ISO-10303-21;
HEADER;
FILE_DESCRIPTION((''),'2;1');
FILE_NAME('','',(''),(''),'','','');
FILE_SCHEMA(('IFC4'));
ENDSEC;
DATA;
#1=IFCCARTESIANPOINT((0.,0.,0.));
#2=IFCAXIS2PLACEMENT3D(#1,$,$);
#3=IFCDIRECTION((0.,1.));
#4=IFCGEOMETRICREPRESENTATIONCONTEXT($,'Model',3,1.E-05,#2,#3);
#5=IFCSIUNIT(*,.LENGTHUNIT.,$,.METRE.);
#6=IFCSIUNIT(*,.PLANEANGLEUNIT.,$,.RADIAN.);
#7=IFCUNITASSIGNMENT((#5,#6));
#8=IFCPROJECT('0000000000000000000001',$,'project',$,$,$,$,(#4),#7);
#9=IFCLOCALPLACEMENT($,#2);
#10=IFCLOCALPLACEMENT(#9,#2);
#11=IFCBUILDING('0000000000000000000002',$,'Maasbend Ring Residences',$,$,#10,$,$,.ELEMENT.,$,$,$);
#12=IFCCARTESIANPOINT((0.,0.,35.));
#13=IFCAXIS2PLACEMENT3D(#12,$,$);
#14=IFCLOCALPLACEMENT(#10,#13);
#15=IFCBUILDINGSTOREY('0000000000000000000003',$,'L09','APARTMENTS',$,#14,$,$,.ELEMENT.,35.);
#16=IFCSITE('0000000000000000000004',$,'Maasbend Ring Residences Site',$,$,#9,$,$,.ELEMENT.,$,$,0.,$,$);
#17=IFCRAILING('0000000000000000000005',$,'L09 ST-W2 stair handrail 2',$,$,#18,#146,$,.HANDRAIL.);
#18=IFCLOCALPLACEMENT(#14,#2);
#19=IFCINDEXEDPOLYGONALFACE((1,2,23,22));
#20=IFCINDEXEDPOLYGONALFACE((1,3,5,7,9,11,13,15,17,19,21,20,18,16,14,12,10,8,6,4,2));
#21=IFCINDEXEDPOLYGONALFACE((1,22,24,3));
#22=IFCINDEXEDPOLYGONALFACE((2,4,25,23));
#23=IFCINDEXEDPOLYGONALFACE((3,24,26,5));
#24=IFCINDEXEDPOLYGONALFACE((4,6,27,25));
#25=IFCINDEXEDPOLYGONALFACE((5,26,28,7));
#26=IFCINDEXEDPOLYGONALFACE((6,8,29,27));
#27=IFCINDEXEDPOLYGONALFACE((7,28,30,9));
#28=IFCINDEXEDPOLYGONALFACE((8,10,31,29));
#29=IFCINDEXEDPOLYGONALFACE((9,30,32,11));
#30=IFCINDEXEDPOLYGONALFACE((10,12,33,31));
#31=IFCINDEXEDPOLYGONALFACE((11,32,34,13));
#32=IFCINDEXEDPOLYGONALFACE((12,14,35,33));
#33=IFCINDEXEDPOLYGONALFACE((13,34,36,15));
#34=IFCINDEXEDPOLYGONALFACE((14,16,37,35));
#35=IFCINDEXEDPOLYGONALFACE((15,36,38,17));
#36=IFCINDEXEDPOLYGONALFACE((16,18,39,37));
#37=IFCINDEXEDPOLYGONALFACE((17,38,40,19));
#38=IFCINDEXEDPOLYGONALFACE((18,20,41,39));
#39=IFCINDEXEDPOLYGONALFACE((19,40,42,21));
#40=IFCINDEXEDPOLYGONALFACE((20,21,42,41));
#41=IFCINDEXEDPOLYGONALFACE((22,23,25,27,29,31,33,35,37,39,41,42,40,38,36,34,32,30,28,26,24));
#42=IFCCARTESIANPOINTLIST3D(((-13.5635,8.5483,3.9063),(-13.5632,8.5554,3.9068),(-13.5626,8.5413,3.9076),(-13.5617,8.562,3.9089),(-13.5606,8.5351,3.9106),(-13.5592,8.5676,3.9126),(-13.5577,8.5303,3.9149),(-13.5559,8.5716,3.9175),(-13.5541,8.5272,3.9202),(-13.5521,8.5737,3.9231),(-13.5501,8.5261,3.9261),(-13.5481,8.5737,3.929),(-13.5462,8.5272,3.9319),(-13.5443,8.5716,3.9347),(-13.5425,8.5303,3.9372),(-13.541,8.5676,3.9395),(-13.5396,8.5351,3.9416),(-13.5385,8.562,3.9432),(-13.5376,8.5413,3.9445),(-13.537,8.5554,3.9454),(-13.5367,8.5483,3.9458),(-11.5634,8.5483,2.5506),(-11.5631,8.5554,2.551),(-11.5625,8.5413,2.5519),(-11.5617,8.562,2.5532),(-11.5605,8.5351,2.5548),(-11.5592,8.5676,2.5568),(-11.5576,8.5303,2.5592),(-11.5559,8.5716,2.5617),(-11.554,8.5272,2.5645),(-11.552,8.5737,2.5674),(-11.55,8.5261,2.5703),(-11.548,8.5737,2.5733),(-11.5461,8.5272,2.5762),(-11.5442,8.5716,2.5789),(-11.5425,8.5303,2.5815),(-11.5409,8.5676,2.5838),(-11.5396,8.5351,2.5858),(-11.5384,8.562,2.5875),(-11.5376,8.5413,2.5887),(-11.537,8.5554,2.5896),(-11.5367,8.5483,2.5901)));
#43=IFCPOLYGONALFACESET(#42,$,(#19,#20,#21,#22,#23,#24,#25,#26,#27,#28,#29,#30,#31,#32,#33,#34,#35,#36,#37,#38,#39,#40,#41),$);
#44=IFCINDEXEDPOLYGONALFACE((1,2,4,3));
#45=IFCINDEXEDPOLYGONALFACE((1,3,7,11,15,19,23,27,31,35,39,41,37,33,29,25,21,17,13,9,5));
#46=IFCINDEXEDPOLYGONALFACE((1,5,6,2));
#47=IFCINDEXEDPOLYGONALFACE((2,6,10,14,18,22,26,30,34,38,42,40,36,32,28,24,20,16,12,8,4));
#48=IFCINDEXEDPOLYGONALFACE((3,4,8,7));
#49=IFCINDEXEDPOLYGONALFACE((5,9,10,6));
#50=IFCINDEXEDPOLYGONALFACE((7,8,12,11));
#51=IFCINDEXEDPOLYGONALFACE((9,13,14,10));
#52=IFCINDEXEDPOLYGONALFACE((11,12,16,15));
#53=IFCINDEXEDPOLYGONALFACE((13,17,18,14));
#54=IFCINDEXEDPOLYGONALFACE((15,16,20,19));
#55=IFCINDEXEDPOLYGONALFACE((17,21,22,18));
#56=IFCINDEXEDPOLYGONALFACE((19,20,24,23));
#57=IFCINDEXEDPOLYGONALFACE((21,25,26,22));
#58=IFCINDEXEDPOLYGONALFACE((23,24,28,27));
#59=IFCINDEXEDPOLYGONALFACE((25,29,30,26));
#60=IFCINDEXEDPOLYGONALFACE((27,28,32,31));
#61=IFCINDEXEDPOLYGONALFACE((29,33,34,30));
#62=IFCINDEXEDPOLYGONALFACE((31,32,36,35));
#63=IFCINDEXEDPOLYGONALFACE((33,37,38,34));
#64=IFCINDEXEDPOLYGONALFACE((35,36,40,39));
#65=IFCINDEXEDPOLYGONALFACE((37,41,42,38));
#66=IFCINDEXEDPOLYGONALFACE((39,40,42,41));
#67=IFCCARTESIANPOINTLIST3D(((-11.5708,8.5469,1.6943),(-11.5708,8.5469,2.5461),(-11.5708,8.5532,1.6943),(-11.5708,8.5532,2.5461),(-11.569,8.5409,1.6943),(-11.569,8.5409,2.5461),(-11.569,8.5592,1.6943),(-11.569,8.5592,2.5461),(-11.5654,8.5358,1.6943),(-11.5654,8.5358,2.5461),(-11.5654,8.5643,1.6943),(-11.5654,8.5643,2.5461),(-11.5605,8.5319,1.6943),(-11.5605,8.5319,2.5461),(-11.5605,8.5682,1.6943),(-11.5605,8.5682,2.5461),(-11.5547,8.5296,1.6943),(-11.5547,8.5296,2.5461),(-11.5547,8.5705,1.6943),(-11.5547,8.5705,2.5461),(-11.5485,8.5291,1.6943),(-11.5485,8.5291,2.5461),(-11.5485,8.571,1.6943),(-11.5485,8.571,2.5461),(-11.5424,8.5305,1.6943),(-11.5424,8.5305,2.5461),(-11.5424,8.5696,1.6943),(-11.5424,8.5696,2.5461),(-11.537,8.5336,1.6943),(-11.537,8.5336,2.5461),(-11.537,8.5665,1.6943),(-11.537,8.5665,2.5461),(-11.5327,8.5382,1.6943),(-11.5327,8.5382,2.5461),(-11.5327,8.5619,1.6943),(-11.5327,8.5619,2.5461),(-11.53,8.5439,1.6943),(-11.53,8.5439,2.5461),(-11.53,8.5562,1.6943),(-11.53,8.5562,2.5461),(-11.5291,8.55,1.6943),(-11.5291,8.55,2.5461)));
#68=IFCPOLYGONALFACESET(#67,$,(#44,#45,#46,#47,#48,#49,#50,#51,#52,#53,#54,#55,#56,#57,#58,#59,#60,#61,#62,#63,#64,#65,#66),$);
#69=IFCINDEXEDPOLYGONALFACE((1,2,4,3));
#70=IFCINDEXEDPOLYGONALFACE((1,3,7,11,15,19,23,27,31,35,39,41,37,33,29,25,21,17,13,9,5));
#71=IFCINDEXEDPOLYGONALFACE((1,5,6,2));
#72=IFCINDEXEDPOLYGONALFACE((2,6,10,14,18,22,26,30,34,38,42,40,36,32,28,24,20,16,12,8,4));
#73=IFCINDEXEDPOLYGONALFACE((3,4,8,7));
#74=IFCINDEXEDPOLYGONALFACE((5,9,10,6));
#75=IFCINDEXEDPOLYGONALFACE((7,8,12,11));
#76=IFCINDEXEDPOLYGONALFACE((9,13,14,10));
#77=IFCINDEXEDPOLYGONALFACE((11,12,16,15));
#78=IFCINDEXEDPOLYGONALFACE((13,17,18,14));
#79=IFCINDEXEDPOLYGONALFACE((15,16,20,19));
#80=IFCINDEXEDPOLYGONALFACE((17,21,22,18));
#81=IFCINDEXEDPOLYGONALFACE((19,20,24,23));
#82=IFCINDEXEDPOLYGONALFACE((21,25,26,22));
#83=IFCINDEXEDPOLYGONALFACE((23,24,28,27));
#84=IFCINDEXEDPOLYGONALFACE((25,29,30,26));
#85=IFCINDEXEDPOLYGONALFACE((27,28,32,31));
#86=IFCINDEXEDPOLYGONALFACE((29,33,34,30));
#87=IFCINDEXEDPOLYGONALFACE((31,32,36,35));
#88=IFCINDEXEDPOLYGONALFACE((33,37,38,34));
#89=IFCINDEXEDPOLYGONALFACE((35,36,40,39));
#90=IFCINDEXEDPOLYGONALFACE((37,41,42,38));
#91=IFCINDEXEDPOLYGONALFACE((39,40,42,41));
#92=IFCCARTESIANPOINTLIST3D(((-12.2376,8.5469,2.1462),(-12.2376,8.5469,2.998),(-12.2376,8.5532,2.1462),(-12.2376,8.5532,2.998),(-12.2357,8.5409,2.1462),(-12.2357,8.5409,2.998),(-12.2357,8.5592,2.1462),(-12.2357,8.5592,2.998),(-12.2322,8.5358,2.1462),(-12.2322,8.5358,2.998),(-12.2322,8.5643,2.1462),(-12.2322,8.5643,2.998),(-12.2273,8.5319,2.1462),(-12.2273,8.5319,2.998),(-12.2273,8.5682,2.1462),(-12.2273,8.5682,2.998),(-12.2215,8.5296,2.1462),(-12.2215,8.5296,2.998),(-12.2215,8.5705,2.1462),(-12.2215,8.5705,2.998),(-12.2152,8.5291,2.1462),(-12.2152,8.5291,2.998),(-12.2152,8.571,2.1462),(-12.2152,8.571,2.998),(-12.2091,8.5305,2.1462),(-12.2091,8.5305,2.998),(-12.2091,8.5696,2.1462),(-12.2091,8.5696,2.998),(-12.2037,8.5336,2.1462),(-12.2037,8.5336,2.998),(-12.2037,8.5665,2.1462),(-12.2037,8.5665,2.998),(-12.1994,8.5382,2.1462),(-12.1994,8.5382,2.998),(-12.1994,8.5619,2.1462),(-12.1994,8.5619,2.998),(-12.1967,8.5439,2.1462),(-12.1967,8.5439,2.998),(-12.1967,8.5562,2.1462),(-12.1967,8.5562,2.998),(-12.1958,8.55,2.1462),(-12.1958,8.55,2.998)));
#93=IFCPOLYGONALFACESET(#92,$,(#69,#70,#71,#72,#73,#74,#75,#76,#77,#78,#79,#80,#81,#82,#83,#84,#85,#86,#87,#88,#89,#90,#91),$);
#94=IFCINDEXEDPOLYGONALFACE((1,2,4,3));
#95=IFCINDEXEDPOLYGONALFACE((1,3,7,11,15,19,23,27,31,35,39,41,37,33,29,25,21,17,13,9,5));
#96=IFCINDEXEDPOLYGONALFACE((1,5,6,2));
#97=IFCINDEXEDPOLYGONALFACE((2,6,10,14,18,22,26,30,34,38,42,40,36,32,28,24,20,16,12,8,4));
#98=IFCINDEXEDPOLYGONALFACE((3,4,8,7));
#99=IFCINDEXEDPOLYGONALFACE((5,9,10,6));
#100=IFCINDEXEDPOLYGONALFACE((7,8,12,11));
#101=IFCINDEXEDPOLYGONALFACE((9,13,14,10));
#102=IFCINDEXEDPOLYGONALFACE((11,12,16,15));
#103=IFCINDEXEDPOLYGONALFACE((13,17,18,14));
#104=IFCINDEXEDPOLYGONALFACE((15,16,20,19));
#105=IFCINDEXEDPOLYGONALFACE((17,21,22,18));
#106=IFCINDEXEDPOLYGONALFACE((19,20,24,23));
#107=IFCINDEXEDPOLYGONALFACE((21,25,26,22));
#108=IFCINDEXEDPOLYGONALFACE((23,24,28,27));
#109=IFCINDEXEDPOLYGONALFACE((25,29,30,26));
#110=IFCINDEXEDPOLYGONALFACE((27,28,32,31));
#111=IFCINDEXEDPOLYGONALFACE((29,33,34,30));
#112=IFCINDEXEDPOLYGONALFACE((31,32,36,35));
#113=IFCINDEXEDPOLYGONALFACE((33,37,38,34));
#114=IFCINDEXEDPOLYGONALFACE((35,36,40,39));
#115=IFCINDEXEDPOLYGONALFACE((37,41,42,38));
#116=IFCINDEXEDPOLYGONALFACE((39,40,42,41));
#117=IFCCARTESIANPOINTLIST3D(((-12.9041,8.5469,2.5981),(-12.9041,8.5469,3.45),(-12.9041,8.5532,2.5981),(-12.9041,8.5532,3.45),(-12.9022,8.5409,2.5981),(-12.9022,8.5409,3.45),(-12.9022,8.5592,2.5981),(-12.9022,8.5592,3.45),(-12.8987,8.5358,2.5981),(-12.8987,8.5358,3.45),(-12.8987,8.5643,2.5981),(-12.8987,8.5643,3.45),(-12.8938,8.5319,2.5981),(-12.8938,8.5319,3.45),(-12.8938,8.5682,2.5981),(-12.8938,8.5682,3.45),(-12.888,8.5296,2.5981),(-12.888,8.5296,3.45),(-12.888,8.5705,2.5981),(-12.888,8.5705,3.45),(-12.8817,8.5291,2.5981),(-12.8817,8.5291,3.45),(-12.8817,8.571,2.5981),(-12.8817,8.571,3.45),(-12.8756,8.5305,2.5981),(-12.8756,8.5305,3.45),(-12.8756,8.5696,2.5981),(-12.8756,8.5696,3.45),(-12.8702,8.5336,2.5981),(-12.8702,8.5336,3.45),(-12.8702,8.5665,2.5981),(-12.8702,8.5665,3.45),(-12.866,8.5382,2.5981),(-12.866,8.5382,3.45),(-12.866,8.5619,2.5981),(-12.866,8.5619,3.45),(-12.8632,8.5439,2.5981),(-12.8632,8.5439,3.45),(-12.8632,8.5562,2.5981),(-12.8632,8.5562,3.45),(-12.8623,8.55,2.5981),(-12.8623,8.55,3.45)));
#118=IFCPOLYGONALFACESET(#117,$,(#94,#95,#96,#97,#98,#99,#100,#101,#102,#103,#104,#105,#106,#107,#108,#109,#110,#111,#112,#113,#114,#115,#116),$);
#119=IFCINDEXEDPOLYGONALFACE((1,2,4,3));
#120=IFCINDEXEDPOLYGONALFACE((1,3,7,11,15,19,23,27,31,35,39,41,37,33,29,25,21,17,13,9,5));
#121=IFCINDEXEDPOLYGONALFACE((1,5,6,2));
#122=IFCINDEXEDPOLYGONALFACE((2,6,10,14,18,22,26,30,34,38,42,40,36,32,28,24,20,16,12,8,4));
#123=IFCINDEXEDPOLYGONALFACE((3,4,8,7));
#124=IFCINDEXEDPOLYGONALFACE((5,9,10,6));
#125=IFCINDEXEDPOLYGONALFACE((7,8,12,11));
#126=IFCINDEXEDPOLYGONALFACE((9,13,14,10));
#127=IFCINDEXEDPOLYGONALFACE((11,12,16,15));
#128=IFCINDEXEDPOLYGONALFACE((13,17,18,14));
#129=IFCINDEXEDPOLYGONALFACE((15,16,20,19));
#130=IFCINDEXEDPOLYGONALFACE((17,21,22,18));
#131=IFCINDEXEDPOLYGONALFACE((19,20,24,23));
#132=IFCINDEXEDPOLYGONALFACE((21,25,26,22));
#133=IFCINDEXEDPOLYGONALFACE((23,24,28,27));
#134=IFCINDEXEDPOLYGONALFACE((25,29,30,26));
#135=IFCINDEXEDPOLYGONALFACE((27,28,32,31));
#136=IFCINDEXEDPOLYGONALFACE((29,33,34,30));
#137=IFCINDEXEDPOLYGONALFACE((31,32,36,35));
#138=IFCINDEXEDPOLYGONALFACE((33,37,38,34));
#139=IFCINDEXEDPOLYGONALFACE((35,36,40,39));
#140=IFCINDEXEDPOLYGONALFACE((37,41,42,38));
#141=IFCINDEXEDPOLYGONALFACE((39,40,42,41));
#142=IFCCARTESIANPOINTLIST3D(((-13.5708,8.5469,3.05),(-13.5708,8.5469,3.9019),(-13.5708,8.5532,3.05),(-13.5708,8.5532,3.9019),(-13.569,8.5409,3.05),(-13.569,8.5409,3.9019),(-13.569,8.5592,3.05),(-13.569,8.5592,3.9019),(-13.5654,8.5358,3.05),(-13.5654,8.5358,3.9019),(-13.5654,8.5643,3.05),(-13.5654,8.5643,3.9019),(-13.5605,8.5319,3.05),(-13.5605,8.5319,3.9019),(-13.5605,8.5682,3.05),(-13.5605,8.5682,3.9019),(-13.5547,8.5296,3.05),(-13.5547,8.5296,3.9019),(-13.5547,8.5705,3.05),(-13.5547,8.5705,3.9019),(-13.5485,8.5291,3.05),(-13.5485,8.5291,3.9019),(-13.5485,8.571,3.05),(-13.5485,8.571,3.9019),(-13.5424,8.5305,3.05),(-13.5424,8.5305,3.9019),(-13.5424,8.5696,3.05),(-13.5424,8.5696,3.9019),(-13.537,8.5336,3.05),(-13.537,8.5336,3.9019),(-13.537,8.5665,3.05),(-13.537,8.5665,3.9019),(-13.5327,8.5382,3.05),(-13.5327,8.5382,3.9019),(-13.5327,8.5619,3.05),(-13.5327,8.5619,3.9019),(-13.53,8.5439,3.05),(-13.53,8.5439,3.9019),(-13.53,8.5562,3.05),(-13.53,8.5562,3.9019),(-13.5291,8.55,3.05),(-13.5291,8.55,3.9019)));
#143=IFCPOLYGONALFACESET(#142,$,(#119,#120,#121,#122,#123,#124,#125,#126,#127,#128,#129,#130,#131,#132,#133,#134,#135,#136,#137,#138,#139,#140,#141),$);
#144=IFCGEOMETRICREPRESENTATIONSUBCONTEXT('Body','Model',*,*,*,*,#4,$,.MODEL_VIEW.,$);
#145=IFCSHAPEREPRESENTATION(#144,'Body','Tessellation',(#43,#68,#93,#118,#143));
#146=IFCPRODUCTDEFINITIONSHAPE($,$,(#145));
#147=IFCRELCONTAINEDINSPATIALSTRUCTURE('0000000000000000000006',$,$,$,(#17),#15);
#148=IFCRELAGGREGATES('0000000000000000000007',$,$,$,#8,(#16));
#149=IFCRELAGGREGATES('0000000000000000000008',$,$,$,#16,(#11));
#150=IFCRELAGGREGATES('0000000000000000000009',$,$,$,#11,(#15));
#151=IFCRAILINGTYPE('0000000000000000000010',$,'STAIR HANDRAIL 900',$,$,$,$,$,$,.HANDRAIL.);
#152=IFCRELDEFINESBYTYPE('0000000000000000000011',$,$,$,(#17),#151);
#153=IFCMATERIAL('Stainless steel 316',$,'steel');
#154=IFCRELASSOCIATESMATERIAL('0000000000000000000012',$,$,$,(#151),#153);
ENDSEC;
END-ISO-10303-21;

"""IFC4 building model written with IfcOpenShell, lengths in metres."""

from ifc_helpers import new_model, si_unit, direction, frame, origin, origin_2d, place, context, subcontext, project, spatial, circle, extrude, material, type_object, element, save


model = new_model("IFC4")

# Units and contexts
model_context = context("Model", 3, precision=1e-05, world=origin(), true_north=direction((0.0, 1.0)))
body_context = subcontext(model_context, "Body", "Model", "MODEL_VIEW")
ifc_project = project(units=[si_unit("LENGTHUNIT", "METRE"), si_unit("PLANEANGLEUNIT", "RADIAN")], contexts=[model_context])

# Site, building, storey
site_placement = place(None, origin())
site = spatial("IfcSite", under=ifc_project, at=site_placement, Name="Maasbend Ring Residences Site", CompositionType="ELEMENT", RefElevation=0.0)
building_placement = place(site_placement, origin())
building = spatial("IfcBuilding", under=site, at=building_placement, Name="Maasbend Ring Residences", CompositionType="ELEMENT")
storey_placement = place(building_placement, frame((0.0, 0.0, 35.0)))
storey = spatial("IfcBuildingStorey", under=building, at=storey_placement, Name="L09", Description="APARTMENTS", CompositionType="ELEMENT", Elevation=35.0)

# Railing
ifc_material_1 = material(Name="Stainless steel 316", Category="steel")
railing_type_1 = type_object("IfcRailingType", Name="STAIR HANDRAIL 900", PredefinedType="HANDRAIL", material=ifc_material_1)
railing_1_placement = place(storey_placement, frame((-11.55, 8.55, 1.6943)))
element("IfcRailing", 1, at=railing_1_placement, inside=storey, type_object=railing_type_1, Name="L09 ST-W2 stair handrail 2", PredefinedType="HANDRAIL", context=body_context, shape_type="SweptSolid", body=[
    extrude(circle(Radius=0.0239, at=origin_2d()), frame((0.0, 0.0, 0.876), z_axis=(-0.827751, 0.0, 0.561096), x_axis=(0.0, -1.0, 0.0)), (0.0, 0.0, 1.0), 2.4163),
    extrude(circle(Radius=0.021, at=origin_2d()), origin(), (0.0, 0.0, 1.0), 0.8518),
    extrude(circle(Radius=0.021, at=origin_2d()), frame((-0.6667, 0.0, 0.4519)), (0.0, 0.0, 1.0), 0.8518),
    extrude(circle(Radius=0.021, at=origin_2d()), frame((-1.3333, 0.0, 0.9038)), (0.0, 0.0, 1.0), 0.8518),
    extrude(circle(Radius=0.021, at=origin_2d()), frame((-2.0, 0.0, 1.3557)), (0.0, 0.0, 1.0), 0.8518),
])

save(model, "model.ifc")
